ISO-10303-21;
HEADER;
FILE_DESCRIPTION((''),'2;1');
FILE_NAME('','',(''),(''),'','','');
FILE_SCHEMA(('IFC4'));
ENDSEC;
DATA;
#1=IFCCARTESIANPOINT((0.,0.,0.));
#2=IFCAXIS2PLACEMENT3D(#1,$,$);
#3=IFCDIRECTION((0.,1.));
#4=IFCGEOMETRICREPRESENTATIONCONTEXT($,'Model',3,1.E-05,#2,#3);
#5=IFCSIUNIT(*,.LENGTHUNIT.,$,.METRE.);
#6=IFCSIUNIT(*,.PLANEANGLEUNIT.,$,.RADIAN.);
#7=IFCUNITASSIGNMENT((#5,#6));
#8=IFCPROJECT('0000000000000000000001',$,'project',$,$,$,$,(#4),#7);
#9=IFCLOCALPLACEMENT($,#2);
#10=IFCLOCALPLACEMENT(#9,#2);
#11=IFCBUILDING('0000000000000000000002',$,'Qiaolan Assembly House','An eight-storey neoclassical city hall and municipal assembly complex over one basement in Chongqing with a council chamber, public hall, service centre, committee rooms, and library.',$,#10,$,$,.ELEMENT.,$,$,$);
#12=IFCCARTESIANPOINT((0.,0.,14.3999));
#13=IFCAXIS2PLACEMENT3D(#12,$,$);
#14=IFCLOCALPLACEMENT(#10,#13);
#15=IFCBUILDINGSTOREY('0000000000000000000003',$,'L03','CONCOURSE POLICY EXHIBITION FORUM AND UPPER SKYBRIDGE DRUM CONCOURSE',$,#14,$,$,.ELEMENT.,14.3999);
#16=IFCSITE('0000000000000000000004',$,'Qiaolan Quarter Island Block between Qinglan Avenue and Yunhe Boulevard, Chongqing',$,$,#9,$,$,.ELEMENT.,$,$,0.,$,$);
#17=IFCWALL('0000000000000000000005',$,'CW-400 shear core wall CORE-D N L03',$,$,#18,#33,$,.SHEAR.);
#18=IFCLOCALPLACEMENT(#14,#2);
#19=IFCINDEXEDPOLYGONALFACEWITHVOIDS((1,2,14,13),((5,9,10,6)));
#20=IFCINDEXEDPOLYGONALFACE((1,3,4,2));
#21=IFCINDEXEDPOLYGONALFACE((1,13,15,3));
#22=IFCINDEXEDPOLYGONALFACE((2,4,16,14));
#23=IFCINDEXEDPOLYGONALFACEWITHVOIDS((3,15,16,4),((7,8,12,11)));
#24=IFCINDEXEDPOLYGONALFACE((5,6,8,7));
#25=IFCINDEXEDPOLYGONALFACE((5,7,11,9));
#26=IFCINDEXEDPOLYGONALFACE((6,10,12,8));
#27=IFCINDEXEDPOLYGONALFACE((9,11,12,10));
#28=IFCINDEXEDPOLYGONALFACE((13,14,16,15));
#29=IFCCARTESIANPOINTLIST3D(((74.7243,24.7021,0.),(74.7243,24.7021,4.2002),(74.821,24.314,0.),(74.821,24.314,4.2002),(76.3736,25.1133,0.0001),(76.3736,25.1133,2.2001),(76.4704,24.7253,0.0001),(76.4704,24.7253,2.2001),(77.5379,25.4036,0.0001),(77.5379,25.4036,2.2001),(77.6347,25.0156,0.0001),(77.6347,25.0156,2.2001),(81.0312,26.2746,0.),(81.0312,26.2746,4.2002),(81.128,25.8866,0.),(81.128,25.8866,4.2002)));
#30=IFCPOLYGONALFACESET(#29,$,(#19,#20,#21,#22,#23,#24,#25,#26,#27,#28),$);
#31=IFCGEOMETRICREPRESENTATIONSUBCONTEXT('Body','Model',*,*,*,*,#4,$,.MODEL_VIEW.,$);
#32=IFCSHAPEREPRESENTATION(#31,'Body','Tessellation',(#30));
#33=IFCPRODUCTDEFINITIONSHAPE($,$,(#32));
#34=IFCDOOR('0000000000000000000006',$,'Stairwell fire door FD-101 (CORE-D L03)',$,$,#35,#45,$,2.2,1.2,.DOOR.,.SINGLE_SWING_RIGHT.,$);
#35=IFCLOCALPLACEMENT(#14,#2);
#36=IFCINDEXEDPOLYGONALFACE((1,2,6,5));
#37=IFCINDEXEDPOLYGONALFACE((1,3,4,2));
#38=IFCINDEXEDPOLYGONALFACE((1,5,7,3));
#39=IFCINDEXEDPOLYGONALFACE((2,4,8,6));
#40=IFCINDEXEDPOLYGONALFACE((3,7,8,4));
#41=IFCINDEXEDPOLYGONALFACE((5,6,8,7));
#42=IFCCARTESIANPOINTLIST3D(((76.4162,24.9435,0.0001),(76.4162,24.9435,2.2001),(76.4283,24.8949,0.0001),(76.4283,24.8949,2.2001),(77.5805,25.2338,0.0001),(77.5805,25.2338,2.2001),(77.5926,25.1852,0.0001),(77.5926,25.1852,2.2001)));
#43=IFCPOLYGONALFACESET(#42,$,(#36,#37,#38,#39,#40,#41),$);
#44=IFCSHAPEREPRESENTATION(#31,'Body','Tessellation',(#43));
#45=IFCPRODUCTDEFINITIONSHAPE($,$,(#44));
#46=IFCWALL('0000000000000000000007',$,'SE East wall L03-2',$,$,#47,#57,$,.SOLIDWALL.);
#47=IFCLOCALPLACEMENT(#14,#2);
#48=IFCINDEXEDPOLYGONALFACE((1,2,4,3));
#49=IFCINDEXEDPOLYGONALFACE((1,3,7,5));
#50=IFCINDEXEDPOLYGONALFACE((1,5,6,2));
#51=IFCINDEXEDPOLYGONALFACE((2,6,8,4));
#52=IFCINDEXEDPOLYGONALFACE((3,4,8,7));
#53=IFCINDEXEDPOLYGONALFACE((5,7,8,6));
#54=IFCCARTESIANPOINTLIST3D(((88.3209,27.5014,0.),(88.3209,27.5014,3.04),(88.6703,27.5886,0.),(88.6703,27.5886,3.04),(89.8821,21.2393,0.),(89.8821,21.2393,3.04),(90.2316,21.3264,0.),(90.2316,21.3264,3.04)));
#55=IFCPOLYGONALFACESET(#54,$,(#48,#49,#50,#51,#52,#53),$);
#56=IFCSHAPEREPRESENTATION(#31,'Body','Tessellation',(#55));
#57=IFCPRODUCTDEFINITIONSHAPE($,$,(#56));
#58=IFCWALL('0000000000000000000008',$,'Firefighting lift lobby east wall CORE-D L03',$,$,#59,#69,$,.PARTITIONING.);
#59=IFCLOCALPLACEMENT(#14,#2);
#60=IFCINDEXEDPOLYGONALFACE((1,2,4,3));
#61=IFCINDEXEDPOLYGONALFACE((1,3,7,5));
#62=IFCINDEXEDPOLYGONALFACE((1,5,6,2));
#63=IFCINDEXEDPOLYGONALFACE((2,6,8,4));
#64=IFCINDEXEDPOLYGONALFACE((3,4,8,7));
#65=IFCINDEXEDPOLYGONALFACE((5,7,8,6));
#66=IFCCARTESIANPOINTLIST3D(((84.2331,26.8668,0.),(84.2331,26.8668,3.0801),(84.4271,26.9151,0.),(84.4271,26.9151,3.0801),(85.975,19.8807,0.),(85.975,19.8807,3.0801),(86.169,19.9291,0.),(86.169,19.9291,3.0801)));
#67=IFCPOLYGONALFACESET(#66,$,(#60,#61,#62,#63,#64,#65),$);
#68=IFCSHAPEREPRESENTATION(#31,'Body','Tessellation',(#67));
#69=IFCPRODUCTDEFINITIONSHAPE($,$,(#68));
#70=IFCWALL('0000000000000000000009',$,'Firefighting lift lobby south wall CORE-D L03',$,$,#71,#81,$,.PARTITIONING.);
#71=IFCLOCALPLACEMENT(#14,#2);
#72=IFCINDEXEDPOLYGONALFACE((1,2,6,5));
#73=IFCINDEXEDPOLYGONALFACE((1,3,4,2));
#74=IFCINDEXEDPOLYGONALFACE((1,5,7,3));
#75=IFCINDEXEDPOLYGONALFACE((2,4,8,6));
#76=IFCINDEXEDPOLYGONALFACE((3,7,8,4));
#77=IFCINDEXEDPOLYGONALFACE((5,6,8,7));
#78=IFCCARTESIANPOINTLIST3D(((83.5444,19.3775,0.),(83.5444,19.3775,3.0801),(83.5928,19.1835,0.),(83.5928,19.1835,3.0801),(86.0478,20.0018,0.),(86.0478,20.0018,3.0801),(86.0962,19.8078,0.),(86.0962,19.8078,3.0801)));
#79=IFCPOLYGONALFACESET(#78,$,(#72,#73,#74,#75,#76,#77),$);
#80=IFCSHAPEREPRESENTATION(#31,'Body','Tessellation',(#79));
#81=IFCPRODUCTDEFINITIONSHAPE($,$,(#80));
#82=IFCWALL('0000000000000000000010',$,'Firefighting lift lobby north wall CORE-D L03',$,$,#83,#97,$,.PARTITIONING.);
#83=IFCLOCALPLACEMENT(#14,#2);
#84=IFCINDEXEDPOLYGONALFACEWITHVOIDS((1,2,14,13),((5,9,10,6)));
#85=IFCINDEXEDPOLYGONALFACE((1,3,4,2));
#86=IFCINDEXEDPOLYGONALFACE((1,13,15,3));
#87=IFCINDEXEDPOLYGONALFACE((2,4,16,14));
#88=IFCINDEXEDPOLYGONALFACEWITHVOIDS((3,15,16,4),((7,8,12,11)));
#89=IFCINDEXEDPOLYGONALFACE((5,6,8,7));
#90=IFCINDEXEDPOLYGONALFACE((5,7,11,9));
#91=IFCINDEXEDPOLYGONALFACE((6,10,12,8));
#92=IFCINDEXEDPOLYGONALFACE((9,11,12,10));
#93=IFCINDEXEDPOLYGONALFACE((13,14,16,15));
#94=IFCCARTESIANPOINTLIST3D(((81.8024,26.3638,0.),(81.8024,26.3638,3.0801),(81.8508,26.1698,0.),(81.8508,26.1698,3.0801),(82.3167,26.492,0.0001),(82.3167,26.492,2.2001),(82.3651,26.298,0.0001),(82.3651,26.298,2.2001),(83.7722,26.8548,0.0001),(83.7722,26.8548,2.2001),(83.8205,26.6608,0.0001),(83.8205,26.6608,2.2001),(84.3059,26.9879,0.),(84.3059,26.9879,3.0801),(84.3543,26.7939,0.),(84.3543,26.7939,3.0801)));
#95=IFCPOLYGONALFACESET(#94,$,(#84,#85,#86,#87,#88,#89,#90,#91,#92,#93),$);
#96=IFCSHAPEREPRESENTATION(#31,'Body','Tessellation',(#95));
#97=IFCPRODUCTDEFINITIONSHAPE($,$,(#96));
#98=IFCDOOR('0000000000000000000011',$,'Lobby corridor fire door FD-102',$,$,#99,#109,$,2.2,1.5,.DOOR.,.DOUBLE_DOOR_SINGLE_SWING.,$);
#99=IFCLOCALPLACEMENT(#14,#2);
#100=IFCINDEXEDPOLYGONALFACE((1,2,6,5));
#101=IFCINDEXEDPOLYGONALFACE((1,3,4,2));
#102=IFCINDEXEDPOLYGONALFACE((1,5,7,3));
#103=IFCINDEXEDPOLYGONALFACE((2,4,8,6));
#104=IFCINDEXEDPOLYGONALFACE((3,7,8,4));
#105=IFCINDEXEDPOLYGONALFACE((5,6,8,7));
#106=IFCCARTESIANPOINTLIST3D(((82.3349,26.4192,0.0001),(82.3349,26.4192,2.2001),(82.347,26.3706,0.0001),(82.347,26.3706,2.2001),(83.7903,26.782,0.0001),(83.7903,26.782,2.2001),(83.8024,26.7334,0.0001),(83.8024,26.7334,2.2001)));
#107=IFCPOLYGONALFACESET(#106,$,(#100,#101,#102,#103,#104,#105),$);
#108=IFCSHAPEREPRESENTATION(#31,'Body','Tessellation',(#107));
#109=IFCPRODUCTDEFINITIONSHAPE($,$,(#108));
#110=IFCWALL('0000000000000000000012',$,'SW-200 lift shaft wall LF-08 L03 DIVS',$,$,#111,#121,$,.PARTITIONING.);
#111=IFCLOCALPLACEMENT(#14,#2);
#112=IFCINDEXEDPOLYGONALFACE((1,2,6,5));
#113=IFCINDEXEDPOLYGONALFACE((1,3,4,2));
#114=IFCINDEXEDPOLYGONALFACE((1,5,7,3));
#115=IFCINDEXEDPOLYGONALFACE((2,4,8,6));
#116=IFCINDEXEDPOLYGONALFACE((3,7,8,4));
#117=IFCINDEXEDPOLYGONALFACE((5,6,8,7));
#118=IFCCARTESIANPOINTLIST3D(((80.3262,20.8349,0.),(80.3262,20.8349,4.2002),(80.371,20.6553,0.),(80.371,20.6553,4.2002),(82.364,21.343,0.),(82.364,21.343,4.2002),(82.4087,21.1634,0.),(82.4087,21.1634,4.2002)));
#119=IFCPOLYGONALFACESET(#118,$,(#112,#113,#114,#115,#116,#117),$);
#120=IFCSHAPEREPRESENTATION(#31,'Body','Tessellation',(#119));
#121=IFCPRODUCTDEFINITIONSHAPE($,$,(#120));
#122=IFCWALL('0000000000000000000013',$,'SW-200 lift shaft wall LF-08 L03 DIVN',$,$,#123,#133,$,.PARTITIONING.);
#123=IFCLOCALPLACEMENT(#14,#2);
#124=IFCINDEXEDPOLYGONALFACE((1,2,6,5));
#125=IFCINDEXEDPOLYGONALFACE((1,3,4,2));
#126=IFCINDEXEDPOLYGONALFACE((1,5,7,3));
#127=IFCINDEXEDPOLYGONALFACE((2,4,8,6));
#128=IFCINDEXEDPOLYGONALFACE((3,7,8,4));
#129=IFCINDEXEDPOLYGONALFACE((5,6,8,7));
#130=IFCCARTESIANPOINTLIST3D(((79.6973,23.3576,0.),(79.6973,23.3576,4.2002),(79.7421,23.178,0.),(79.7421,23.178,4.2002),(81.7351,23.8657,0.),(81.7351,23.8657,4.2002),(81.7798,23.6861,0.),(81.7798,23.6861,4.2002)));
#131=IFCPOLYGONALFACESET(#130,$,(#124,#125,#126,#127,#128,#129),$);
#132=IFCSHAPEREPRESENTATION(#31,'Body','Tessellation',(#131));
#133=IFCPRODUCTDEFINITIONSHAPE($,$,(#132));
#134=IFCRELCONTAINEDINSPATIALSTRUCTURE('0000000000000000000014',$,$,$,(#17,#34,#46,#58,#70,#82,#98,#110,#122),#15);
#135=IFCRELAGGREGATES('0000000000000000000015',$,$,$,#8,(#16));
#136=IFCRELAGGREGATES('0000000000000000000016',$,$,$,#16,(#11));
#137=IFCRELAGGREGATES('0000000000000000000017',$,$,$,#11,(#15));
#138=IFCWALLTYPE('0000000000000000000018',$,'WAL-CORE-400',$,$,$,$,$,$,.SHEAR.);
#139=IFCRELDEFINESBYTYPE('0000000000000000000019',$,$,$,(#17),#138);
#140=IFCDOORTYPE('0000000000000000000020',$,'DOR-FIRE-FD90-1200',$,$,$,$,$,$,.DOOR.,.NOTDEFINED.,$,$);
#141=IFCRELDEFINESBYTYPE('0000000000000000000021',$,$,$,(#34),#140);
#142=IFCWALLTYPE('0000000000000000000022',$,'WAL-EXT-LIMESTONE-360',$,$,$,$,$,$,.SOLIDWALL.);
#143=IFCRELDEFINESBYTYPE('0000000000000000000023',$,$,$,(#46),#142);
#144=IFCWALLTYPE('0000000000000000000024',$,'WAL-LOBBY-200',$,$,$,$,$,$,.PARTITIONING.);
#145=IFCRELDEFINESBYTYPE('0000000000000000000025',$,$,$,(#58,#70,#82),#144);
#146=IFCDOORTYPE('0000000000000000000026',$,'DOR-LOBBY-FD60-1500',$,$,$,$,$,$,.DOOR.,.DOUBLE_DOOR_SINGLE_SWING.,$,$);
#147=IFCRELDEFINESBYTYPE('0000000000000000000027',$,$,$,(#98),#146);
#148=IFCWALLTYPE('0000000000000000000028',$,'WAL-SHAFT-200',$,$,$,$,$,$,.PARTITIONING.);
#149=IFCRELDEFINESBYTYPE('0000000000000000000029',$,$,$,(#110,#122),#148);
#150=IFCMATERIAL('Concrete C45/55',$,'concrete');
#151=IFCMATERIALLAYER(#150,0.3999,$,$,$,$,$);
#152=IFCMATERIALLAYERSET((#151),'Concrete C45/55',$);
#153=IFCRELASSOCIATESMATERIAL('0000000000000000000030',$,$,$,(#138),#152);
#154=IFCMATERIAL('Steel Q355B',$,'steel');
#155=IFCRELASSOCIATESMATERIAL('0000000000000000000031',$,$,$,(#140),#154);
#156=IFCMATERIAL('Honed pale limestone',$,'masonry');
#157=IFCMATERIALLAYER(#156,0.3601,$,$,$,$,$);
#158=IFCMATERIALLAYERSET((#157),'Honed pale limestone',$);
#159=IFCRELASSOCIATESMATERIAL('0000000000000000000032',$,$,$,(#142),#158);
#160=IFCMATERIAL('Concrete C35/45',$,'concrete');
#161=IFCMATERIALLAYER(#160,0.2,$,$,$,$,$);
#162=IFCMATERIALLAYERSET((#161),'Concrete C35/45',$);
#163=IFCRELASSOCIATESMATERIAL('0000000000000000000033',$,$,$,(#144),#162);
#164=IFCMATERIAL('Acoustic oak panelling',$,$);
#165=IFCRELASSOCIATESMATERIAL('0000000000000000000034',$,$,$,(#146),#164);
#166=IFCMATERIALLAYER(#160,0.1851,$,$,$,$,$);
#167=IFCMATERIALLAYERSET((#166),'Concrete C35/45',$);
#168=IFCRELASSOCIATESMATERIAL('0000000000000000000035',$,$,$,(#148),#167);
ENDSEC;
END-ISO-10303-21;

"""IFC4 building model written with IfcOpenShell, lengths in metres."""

from ifc_helpers import new_model, si_unit, direction, frame, frame_2d, origin, place, context, subcontext, project, spatial, rectangle, extrude, material, layer, layer_set, type_object, element, fill, save


model = new_model("IFC4")

# Units and contexts
model_context = context("Model", 3, precision=1e-05, world=origin(), true_north=direction((0.0, 1.0)))
body_context = subcontext(model_context, "Body", "Model", "MODEL_VIEW")
ifc_project = project(units=[si_unit("LENGTHUNIT", "METRE"), si_unit("PLANEANGLEUNIT", "RADIAN")], contexts=[model_context])

# Site, building, storey
site_placement = place(None, origin())
site = spatial("IfcSite", under=ifc_project, at=site_placement, Name="Qiaolan Quarter Island Block between Qinglan Avenue and Yunhe Boulevard, Chongqing", CompositionType="ELEMENT", RefElevation=0.0)
building_placement = place(site_placement, origin())
building = spatial("IfcBuilding", under=site, at=building_placement, Name="Qiaolan Assembly House", Description="An eight-storey neoclassical city hall and municipal assembly complex over one basement in Chongqing with a council chamber, public hall, service centre, committee rooms, and library.", CompositionType="ELEMENT")
storey_placement = place(building_placement, frame((0.0, 0.0, 14.3999)))
storey = spatial("IfcBuildingStorey", under=building, at=storey_placement, Name="L03", Description="CONCOURSE POLICY EXHIBITION FORUM AND UPPER SKYBRIDGE DRUM CONCOURSE", CompositionType="ELEMENT", Elevation=14.3999)

# Shared definitions
ifc_material_1 = material(Name="Concrete C45/55", Category="concrete")

# Wall, opening, door
ifc_layer_1 = layer(ifc_material_1, 0.3999)
ifc_layer_set_1 = layer_set([ifc_layer_1], Name="Concrete C45/55")
wall_type_1 = type_object("IfcWallType", Name="WAL-CORE-400", PredefinedType="SHEAR", material=ifc_layer_set_1)
wall_1_placement = place(storey_placement, frame((81.0796, 26.0806, 0.0), z_axis=(0.0, 0.0, 1.0), x_axis=(-0.970295, -0.241926, 0.0)))
wall_1 = element("IfcWall", 1, at=wall_1_placement, inside=storey, type_object=wall_type_1, Name="CW-400 shear core wall CORE-D N L03", PredefinedType="SHEAR", context=body_context, shape_type="SweptSolid", body=[
    extrude(rectangle(XDim=6.5, YDim=0.3999, at=frame_2d((3.25, 0.0))), origin(), (0.0, 0.0, 1.0), 4.2002),
])
opening_1_placement = place(wall_1_placement, frame((3.6001, 0.0, 0.0)))
opening_1 = element("IfcOpeningElement", 2, at=opening_1_placement, cuts=wall_1, PredefinedType="OPENING", context=body_context, shape_type="SweptSolid", body=[
    extrude(rectangle(XDim=1.2, YDim=2.2, at=frame_2d((0.6001, 1.1001))), frame((0.0, 0.21, 0.0), z_axis=(0.0, -1.0, 0.0), x_axis=(1.0, 0.0, 0.0)), (0.0, 0.0, 1.0), 0.4199),
])
ifc_material_2 = material(Name="Steel Q355B", Category="steel")
door_type_1 = type_object("IfcDoorType", Name="DOR-FIRE-FD90-1200", OperationType="NOTDEFINED", PredefinedType="DOOR", material=ifc_material_2)
door_1_placement = place(opening_1_placement, frame((1.2, 0.0, 0.0), z_axis=(0.0, 0.0, 1.0), x_axis=(-1.0, 0.0, 0.0)))
door_1 = element("IfcDoor", 3, at=door_1_placement, inside=storey, type_object=door_type_1, Name="Stairwell fire door FD-101 (CORE-D L03)", OperationType="SINGLE_SWING_RIGHT", OverallHeight=2.2, OverallWidth=1.2, PredefinedType="DOOR", context=body_context, shape_type="SweptSolid", body=[
    extrude(rectangle(XDim=1.2, YDim=2.2, at=frame_2d((0.6001, 1.1001))), frame((0.0, 0.0249, 0.0), z_axis=(0.0, -1.0, 0.0), x_axis=(1.0, 0.0, 0.0)), (0.0, 0.0, 1.0), 0.05),
])
fill(opening_1, door_1)

# Walls
ifc_material_3 = material(Name="Honed pale limestone", Category="masonry")
ifc_layer_2 = layer(ifc_material_3, 0.3601)
ifc_layer_set_2 = layer_set([ifc_layer_2], Name="Honed pale limestone")
wall_type_2 = type_object("IfcWallType", Name="WAL-EXT-LIMESTONE-360", PredefinedType="SOLIDWALL", material=ifc_layer_set_2)
wall_2_placement = place(storey_placement, frame((90.0569, 21.2827, 0.0), z_axis=(0.0, 0.0, 1.0), x_axis=(-0.241913, 0.970298, 0.0)))
element("IfcWall", 4, at=wall_2_placement, inside=storey, type_object=wall_type_2, Name="SE East wall L03-2", PredefinedType="SOLIDWALL", context=body_context, shape_type="SweptSolid", body=[
    extrude(rectangle(XDim=6.4539, YDim=0.3601, at=frame_2d((3.2271, 0.0))), origin(), (0.0, 0.0, 1.0), 3.04),
])
ifc_material_4 = material(Name="Concrete C35/45", Category="concrete")
ifc_layer_3 = layer(ifc_material_4, 0.2)
ifc_layer_set_3 = layer_set([ifc_layer_3], Name="Concrete C35/45")
wall_type_3 = type_object("IfcWallType", Name="WAL-LOBBY-200", PredefinedType="PARTITIONING", material=ifc_layer_set_3)
wall_3_placement = place(storey_placement, frame((86.072, 19.9048, 0.0), z_axis=(0.0, 0.0, 1.0), x_axis=(-0.241937, 0.970292, 0.0)))
element("IfcWall", 5, at=wall_3_placement, inside=storey, type_object=wall_type_3, Name="Firefighting lift lobby east wall CORE-D L03", PredefinedType="PARTITIONING", context=body_context, shape_type="SweptSolid", body=[
    extrude(rectangle(XDim=7.2, YDim=0.2, at=frame_2d((3.6001, 0.0))), origin(), (0.0, 0.0, 1.0), 3.0801),
])
wall_4_placement = place(storey_placement, frame((83.5686, 19.2805, 0.0), z_axis=(0.0, 0.0, 1.0), x_axis=(0.970287, 0.241957, 0.0)))
element("IfcWall", 6, at=wall_4_placement, inside=storey, type_object=wall_type_3, Name="Firefighting lift lobby south wall CORE-D L03", PredefinedType="PARTITIONING", context=body_context, shape_type="SweptSolid", body=[
    extrude(rectangle(XDim=2.5801, YDim=0.2, at=frame_2d((1.29, 0.0))), origin(), (0.0, 0.0, 1.0), 3.0801),
])

# Wall, opening, door
wall_5_placement = place(storey_placement, frame((84.3301, 26.8909, 0.0), z_axis=(0.0, 0.0, 1.0), x_axis=(-0.970309, -0.241868, 0.0)))
wall_5 = element("IfcWall", 7, at=wall_5_placement, inside=storey, type_object=wall_type_3, Name="Firefighting lift lobby north wall CORE-D L03", PredefinedType="PARTITIONING", context=body_context, shape_type="SweptSolid", body=[
    extrude(rectangle(XDim=2.5801, YDim=0.2, at=frame_2d((1.29, 0.0))), origin(), (0.0, 0.0, 1.0), 3.0801),
])
opening_2_placement = place(wall_5_placement, frame((0.55, 0.0, 0.0)))
opening_2 = element("IfcOpeningElement", 8, at=opening_2_placement, cuts=wall_5, PredefinedType="OPENING", context=body_context, shape_type="SweptSolid", body=[
    extrude(rectangle(XDim=1.5, YDim=2.2, at=frame_2d((0.75, 1.1001))), frame((0.0, 0.1099, 0.0), z_axis=(0.0, -1.0, 0.0), x_axis=(1.0, 0.0, 0.0)), (0.0, 0.0, 1.0), 0.22),
])
ifc_material_5 = material(Name="Acoustic oak panelling")
door_type_2 = type_object("IfcDoorType", Name="DOR-LOBBY-FD60-1500", OperationType="DOUBLE_DOOR_SINGLE_SWING", PredefinedType="DOOR", material=ifc_material_5)
door_2_placement = place(opening_2_placement, frame((1.5, 0.0, 0.0), z_axis=(0.0, 0.0, 1.0), x_axis=(-1.0, 0.0, 0.0)))
door_2 = element("IfcDoor", 9, at=door_2_placement, inside=storey, type_object=door_type_2, Name="Lobby corridor fire door FD-102", OperationType="DOUBLE_DOOR_SINGLE_SWING", OverallHeight=2.2, OverallWidth=1.5, PredefinedType="DOOR", context=body_context, shape_type="SweptSolid", body=[
    extrude(rectangle(XDim=1.5, YDim=2.2, at=frame_2d((0.75, 1.1001))), frame((0.0, 0.0249, 0.0), z_axis=(0.0, -1.0, 0.0), x_axis=(1.0, 0.0, 0.0)), (0.0, 0.0, 1.0), 0.05),
])
fill(opening_2, door_2)

# Walls
ifc_layer_4 = layer(ifc_material_4, 0.1851)
ifc_layer_set_4 = layer_set([ifc_layer_4], Name="Concrete C35/45")
wall_type_4 = type_object("IfcWallType", Name="WAL-SHAFT-200", PredefinedType="PARTITIONING", material=ifc_layer_set_4)
for number, where, z_axis, x_axis, name in (
    (10, (80.3486, 20.7451, 0.0), (0.0, 0.0, 1.0), (0.970293, 0.241934, 0.0), "SW-200 lift shaft wall LF-08 L03 DIVS"),
    (11, (79.7197, 23.2678, 0.0), (0.0, 0.0, 1.0), (0.970293, 0.241934, 0.0), "SW-200 lift shaft wall LF-08 L03 DIVN"),
):
    element("IfcWall", number, at=place(storey_placement, frame(where, z_axis=z_axis, x_axis=x_axis)), inside=storey, type_object=wall_type_4, Name=name, PredefinedType="PARTITIONING", context=body_context, shape_type="SweptSolid", body=[
        extrude(rectangle(XDim=2.1001, YDim=0.1851, at=frame_2d((1.05, 0.0))), origin(), (0.0, 0.0, 1.0), 4.2002),
    ])

save(model, "model.ifc")
